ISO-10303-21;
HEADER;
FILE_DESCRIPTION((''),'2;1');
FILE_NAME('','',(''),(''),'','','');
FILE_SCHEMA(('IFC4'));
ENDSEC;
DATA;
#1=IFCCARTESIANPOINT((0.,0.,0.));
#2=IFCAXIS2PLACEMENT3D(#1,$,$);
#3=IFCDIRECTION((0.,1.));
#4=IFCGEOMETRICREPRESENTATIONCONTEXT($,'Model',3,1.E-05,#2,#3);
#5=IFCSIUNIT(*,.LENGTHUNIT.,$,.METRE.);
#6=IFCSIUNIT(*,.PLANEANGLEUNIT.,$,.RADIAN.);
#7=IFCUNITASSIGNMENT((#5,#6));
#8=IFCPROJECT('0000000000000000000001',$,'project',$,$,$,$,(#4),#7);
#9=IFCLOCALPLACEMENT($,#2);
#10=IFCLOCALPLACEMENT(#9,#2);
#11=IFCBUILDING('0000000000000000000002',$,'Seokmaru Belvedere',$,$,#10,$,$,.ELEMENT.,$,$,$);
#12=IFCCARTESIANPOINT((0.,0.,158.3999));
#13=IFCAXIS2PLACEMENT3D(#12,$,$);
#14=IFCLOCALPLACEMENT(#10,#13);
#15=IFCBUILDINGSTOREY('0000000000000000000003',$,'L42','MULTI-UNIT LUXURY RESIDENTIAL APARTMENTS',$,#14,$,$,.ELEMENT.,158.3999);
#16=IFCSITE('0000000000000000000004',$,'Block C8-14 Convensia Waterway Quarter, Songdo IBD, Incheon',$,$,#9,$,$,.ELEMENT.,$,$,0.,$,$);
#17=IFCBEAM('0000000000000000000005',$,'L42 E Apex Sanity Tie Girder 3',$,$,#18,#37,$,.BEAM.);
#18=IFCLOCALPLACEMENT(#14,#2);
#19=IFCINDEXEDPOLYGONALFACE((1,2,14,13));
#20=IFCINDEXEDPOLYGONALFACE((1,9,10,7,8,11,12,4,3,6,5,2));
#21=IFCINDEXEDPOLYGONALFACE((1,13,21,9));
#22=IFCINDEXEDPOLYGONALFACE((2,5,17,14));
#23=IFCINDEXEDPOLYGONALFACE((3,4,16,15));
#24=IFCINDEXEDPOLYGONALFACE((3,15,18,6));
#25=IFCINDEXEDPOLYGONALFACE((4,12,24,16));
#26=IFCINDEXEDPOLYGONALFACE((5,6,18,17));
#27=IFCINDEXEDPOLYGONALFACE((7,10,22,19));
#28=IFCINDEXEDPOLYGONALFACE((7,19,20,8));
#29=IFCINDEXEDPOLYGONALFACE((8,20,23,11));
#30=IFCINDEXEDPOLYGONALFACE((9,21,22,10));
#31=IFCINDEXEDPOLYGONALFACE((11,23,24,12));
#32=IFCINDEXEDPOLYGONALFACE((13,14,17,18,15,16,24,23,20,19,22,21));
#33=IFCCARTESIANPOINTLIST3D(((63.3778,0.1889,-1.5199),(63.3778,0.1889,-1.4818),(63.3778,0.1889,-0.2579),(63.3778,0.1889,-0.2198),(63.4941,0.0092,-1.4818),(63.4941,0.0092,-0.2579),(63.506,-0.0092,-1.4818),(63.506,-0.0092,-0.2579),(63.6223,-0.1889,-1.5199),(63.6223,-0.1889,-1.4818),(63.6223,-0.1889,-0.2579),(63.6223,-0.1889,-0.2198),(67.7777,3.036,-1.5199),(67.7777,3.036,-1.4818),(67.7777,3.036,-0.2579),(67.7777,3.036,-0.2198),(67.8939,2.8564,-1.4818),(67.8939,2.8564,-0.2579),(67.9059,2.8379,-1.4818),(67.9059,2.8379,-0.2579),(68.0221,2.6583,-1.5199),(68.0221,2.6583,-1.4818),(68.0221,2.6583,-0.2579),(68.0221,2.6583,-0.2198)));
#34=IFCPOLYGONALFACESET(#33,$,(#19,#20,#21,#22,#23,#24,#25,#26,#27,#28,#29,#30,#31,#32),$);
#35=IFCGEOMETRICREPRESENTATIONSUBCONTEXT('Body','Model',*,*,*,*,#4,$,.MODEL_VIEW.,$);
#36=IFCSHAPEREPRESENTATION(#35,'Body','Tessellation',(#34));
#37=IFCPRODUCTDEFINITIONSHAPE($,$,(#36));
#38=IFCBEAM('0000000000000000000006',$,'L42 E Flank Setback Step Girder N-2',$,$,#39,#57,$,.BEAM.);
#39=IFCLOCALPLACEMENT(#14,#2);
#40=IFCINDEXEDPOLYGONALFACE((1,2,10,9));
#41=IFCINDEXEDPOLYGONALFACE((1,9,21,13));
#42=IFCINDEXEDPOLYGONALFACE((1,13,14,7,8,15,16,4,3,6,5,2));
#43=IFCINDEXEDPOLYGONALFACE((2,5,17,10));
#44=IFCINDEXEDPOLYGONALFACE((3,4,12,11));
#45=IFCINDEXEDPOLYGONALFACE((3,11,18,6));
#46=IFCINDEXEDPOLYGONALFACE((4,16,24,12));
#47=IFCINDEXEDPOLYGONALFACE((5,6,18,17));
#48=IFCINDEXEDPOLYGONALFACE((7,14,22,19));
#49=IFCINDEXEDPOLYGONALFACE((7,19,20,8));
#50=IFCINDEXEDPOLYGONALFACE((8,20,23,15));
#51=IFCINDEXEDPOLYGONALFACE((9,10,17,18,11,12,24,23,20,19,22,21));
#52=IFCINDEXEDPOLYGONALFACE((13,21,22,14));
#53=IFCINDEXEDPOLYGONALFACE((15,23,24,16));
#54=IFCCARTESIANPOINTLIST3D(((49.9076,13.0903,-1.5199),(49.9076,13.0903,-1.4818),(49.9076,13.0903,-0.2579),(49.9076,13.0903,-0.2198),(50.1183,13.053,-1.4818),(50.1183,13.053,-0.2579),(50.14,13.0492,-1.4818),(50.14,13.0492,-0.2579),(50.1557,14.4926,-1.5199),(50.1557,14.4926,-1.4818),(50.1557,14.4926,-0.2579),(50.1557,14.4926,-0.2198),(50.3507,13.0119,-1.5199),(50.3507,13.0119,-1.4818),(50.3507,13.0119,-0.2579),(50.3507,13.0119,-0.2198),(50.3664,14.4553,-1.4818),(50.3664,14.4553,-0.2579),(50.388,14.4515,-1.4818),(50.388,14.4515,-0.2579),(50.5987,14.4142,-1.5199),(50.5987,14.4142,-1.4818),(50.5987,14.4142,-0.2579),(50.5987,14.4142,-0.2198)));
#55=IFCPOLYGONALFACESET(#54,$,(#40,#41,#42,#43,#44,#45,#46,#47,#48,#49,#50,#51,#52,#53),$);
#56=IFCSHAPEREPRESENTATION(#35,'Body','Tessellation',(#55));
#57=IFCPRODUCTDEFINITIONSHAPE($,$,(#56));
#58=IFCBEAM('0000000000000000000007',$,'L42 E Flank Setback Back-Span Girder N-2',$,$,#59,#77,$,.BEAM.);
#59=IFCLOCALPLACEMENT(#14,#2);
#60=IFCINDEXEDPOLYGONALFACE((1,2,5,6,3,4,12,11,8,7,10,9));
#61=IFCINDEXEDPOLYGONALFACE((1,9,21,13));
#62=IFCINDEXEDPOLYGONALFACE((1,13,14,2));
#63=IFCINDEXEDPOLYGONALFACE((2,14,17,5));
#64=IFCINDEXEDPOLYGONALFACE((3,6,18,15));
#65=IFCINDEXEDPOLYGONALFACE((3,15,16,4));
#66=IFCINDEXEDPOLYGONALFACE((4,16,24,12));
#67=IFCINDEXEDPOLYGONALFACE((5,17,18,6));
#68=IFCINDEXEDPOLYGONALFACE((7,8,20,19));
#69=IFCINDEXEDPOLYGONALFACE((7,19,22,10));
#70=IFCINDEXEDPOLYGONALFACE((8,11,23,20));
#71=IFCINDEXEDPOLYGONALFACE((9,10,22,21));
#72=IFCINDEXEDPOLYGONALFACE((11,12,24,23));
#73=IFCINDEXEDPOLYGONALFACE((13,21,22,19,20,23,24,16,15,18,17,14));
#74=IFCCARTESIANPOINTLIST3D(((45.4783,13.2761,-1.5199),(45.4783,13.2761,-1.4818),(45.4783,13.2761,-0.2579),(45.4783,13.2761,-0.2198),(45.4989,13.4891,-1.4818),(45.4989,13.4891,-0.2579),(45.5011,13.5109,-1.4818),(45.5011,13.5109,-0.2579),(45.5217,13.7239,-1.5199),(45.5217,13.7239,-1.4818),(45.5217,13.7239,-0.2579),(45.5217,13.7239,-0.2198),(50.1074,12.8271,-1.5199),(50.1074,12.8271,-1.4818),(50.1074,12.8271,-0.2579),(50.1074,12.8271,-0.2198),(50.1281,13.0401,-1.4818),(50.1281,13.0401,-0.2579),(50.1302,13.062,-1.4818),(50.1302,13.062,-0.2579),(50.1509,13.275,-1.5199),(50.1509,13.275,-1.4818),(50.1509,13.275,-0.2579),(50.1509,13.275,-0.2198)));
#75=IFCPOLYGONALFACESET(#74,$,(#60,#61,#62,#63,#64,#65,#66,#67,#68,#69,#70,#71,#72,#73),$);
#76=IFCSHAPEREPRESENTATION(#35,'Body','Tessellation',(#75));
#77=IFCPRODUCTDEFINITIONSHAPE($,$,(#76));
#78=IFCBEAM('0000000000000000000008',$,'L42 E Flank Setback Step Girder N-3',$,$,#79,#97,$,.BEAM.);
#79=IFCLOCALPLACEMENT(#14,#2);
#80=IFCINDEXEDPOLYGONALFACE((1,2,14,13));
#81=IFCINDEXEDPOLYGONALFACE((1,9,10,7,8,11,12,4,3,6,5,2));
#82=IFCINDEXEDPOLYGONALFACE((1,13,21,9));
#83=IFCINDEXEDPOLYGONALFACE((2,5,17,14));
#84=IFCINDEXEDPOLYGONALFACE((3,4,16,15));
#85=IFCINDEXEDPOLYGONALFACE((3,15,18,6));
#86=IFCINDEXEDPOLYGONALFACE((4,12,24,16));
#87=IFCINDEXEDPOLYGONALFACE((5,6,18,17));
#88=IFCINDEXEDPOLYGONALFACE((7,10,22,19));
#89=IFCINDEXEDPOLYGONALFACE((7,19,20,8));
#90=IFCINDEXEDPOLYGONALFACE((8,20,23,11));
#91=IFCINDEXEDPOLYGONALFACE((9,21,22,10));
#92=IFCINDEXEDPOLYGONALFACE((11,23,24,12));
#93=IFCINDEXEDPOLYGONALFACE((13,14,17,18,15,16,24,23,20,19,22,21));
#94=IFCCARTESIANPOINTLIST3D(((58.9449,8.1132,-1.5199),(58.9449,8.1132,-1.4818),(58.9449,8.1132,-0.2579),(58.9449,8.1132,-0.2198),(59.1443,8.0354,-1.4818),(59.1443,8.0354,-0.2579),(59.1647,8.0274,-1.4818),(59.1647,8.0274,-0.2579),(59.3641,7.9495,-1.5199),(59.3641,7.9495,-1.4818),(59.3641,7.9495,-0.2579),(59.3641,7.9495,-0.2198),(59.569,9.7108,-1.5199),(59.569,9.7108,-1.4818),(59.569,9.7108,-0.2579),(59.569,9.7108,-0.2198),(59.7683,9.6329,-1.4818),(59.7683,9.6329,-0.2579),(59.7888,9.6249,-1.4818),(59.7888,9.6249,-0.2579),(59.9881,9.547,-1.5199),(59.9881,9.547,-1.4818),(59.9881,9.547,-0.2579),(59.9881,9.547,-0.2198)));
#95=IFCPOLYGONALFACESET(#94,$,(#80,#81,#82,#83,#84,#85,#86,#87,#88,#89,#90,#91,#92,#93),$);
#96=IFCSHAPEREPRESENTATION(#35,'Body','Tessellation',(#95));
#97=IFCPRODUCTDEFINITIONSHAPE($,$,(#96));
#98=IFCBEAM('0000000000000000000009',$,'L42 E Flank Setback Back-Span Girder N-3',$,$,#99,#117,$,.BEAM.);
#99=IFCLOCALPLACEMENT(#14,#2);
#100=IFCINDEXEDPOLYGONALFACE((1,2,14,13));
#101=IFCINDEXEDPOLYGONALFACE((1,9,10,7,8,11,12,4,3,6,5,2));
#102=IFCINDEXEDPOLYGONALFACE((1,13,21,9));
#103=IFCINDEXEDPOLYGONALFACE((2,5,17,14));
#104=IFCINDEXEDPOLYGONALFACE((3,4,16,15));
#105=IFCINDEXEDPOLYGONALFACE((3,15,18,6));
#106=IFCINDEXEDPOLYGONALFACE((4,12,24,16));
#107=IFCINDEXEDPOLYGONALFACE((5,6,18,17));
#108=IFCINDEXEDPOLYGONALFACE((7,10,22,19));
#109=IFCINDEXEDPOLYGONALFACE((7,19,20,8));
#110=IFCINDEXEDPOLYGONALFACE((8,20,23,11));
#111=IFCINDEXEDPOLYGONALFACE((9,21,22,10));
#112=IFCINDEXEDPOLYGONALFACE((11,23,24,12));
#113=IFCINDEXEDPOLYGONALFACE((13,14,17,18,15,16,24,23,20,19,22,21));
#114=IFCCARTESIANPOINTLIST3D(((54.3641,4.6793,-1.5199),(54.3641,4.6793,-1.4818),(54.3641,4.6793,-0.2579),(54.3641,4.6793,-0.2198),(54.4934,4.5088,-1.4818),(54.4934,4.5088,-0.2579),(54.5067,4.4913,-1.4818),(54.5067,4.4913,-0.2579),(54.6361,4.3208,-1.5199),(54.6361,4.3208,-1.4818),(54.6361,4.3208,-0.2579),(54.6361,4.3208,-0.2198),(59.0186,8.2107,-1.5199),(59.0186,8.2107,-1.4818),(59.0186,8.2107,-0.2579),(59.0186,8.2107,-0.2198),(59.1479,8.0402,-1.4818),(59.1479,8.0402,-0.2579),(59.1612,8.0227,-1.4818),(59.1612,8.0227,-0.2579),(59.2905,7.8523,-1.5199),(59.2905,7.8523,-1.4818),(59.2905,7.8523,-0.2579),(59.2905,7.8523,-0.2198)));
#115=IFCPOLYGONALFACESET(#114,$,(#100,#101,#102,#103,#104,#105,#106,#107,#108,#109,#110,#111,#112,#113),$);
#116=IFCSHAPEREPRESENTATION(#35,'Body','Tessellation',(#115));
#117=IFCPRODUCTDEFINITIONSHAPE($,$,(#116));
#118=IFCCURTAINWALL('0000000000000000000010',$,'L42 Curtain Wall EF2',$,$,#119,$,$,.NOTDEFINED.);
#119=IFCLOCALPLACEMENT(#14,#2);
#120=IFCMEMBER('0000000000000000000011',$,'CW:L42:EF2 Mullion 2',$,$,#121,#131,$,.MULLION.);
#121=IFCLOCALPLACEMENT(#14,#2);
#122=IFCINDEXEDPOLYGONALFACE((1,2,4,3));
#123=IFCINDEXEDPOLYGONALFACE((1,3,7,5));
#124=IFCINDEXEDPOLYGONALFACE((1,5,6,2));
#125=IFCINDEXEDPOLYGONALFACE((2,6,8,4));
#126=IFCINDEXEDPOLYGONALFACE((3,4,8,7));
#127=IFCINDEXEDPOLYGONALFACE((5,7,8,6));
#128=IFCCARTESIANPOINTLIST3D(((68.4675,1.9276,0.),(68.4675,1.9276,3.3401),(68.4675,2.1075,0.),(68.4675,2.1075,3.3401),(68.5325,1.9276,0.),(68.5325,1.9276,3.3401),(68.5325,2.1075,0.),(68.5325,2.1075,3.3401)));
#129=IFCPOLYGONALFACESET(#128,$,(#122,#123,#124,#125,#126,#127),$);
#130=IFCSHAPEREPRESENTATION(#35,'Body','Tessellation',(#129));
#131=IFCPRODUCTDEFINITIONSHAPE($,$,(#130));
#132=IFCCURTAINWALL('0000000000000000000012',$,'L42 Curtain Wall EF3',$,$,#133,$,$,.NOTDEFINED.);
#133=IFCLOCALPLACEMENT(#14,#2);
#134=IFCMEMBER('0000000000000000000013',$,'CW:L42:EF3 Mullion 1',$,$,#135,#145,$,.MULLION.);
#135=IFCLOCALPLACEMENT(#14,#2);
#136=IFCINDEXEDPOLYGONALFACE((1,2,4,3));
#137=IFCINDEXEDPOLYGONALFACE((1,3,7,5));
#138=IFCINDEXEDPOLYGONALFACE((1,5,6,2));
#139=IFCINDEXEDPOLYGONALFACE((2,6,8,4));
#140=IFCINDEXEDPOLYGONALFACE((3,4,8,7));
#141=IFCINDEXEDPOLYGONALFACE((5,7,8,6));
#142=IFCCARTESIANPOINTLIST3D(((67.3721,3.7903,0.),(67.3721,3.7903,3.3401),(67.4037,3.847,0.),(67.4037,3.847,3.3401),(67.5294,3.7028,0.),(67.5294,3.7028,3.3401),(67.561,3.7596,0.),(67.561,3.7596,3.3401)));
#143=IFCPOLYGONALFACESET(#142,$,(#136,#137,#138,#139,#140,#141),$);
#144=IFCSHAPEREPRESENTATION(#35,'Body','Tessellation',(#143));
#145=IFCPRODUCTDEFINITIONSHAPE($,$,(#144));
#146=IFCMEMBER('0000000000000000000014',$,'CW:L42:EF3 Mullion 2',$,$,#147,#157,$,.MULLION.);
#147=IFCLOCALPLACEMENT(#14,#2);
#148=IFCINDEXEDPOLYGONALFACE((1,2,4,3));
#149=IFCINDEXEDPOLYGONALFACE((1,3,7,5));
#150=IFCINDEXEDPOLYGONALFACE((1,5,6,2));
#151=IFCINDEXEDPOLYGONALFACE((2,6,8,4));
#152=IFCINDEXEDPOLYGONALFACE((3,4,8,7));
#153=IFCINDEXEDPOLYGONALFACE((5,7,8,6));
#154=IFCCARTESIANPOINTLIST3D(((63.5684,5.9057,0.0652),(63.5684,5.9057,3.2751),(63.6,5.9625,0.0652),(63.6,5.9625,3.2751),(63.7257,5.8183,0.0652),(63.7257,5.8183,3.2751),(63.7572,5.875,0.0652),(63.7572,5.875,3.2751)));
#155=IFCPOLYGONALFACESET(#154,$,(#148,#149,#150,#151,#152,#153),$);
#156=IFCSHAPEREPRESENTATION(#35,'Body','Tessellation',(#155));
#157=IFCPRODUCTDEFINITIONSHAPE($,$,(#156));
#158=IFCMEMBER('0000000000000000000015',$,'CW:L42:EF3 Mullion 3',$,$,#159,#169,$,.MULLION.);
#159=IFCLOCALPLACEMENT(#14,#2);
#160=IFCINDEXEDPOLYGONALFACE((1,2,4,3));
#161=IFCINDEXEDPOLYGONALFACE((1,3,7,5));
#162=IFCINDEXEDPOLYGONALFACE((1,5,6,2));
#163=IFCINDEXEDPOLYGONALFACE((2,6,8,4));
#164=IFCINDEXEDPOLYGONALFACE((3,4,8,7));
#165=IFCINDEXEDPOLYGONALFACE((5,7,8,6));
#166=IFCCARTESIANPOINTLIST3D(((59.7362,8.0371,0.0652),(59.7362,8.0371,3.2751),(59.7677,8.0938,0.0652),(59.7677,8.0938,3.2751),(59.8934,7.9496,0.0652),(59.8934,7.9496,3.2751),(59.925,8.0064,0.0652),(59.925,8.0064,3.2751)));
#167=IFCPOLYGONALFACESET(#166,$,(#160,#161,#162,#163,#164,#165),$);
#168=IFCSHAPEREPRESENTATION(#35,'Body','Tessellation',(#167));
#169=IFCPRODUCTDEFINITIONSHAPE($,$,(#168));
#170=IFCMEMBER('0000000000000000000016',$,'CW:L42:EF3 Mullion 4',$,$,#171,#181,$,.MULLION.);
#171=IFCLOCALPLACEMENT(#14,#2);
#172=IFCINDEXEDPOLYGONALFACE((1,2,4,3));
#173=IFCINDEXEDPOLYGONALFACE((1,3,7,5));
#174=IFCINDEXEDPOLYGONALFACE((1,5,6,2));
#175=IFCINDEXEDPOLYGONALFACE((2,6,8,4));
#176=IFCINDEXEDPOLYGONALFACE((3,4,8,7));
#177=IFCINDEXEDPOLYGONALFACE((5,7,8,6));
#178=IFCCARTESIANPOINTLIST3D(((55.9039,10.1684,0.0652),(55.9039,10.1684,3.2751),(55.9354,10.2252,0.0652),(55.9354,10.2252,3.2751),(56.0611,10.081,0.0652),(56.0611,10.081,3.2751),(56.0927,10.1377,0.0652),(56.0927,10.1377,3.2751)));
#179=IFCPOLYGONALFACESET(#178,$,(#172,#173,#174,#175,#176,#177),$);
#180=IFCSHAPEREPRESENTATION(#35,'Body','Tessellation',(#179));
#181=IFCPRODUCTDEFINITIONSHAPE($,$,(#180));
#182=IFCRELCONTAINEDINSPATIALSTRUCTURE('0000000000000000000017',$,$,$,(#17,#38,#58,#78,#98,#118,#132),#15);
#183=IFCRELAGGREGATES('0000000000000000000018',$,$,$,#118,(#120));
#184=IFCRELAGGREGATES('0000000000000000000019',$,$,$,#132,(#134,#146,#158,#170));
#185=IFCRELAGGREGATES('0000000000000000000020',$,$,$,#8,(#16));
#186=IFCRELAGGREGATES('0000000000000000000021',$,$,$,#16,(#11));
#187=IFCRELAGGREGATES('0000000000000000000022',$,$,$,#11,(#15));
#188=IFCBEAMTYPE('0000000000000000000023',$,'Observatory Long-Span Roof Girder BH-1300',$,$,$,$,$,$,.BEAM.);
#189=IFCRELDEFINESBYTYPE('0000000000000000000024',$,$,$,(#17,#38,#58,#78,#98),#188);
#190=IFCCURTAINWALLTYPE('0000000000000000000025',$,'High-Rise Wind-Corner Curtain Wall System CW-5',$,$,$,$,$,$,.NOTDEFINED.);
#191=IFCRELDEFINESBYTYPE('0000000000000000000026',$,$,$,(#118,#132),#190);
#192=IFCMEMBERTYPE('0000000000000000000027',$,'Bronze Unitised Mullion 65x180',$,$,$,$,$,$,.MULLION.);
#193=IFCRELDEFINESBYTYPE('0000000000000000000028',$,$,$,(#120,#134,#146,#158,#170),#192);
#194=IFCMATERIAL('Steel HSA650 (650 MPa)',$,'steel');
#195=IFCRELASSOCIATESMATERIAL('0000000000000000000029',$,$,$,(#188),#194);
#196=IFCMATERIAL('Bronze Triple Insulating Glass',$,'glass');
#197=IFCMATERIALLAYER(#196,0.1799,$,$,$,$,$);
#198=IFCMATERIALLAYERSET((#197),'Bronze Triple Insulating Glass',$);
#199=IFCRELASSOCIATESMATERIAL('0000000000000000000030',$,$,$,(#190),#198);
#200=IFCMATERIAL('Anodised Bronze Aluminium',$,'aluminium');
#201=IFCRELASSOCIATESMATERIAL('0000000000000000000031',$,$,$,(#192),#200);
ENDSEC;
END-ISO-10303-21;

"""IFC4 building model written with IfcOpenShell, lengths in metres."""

from ifc_helpers import new_model, si_unit, direction, frame, origin, origin_2d, place, context, subcontext, project, spatial, rectangle, i_section, extrude, source, transform, mapped, material, layer, layer_set, material_profile, profile_set, type_object, type_shapes, element, aggregate, save


model = new_model("IFC4")

# Units and contexts
model_context = context("Model", 3, precision=1e-05, world=origin(), true_north=direction((0.0, 1.0)))
body_context = subcontext(model_context, "Body", "Model", "MODEL_VIEW")
ifc_project = project(units=[si_unit("LENGTHUNIT", "METRE"), si_unit("PLANEANGLEUNIT", "RADIAN")], contexts=[model_context])

# Site, building, storey
site_placement = place(None, origin())
site = spatial("IfcSite", under=ifc_project, at=site_placement, Name="Block C8-14 Convensia Waterway Quarter, Songdo IBD, Incheon", CompositionType="ELEMENT", RefElevation=0.0)
building_placement = place(site_placement, origin())
building = spatial("IfcBuilding", under=site, at=building_placement, Name="Seokmaru Belvedere", CompositionType="ELEMENT")
storey_placement = place(building_placement, frame((0.0, 0.0, 158.3999)))
storey = spatial("IfcBuildingStorey", under=building, at=storey_placement, Name="L42", Description="MULTI-UNIT LUXURY RESIDENTIAL APARTMENTS", CompositionType="ELEMENT", Elevation=158.3999)

# Beams
ifc_material_1 = material(Name="Steel HSA650 (650 MPa)", Category="steel")
ifc_material_profile_1 = material_profile(ifc_material_1, i_section(OverallWidth=0.45, OverallDepth=1.3, WebThickness=0.022, FlangeThickness=0.0381, at=origin_2d()), Name="BH-1300x450x22x38")
ifc_profile_set_1 = profile_set([ifc_material_profile_1], Name="Steel HSA650 (650 MPa)")
beam_type_1 = type_object("IfcBeamType", Name="Observatory Long-Span Roof Girder BH-1300", PredefinedType="BEAM", material=ifc_profile_set_1)
shared_shape_1 = source(origin(), body_context, "Body", "SweptSolid", [
    extrude(i_section(OverallWidth=0.45, OverallDepth=1.3, WebThickness=0.022, FlangeThickness=0.0381, at=origin_2d()), origin(), (0.0, 0.0, 1.0), 5.2407),
])
beam_1_placement = place(storey_placement, frame((67.8999, 2.8472, -0.8699), z_axis=(-0.839555, -0.543274, 0.0), x_axis=(0.543274, -0.839555, 0.0)))
element("IfcBeam", 1, at=beam_1_placement, inside=storey, type_object=beam_type_1, Name="L42 E Apex Sanity Tie Girder 3", PredefinedType="BEAM", context=body_context, shape_type="MappedRepresentation", body=[
    mapped(shared_shape_1, transform((0.0, 0.0, 0.0), scale=1.0)),
])
shared_shape_2 = source(origin(), body_context, "Body", "SweptSolid", [
    extrude(i_section(OverallWidth=0.45, OverallDepth=1.3, WebThickness=0.022, FlangeThickness=0.0381, at=origin_2d()), origin(), (0.0, 0.0, 1.0), 1.4241),
])
beam_2_placement = place(storey_placement, frame((50.3772, 14.4534, -0.8699), z_axis=(-0.174177, -0.984714, 0.0), x_axis=(0.984714, -0.174177, 0.0)))
element("IfcBeam", 2, at=beam_2_placement, inside=storey, type_object=beam_type_1, Name="L42 E Flank Setback Step Girder N-2", PredefinedType="BEAM", context=body_context, shape_type="MappedRepresentation", body=[
    mapped(shared_shape_2, transform((0.0, 0.0, 0.0), scale=1.0)),
])
shared_shape_3 = source(origin(), body_context, "Body", "SweptSolid", [
    extrude(i_section(OverallWidth=0.45, OverallDepth=1.3, WebThickness=0.022, FlangeThickness=0.0381, at=origin_2d()), origin(), (0.0, 0.0, 1.0), 4.6509),
])
beam_3_placement = place(storey_placement, frame((50.1292, 13.051, -0.8699), z_axis=(-0.99533, 0.096536, 0.0), x_axis=(-0.096536, -0.99533, 0.0)))
element("IfcBeam", 3, at=beam_3_placement, inside=storey, type_object=beam_type_1, Name="L42 E Flank Setback Back-Span Girder N-2", PredefinedType="BEAM", context=body_context, shape_type="MappedRepresentation", body=[
    mapped(shared_shape_3, transform((0.0, 0.0, 0.0), scale=1.0)),
])
shared_shape_4 = source(origin(), body_context, "Body", "SweptSolid", [
    extrude(i_section(OverallWidth=0.45, OverallDepth=1.3, WebThickness=0.022, FlangeThickness=0.0381, at=origin_2d()), origin(), (0.0, 0.0, 1.0), 1.7151),
])
beam_4_placement = place(storey_placement, frame((59.7786, 9.6289, -0.8699), z_axis=(-0.363868, -0.931451, 0.0), x_axis=(0.931451, -0.363868, 0.0)))
element("IfcBeam", 4, at=beam_4_placement, inside=storey, type_object=beam_type_1, Name="L42 E Flank Setback Step Girder N-3", PredefinedType="BEAM", context=body_context, shape_type="MappedRepresentation", body=[
    mapped(shared_shape_4, transform((0.0, 0.0, 0.0), scale=1.0)),
])
shared_shape_5 = source(origin(), body_context, "Body", "SweptSolid", [
    extrude(i_section(OverallWidth=0.45, OverallDepth=1.3, WebThickness=0.022, FlangeThickness=0.0381, at=origin_2d()), origin(), (0.0, 0.0, 1.0), 5.8425),
])
beam_5_placement = place(storey_placement, frame((59.1545, 8.0315, -0.8699), z_axis=(-0.796653, -0.604437, 0.0), x_axis=(0.604437, -0.796653, 0.0)))
element("IfcBeam", 5, at=beam_5_placement, inside=storey, type_object=beam_type_1, Name="L42 E Flank Setback Back-Span Girder N-3", PredefinedType="BEAM", context=body_context, shape_type="MappedRepresentation", body=[
    mapped(shared_shape_5, transform((0.0, 0.0, 0.0), scale=1.0)),
])

# Curtain wall, member
ifc_material_2 = material(Name="Bronze Triple Insulating Glass", Category="glass")
ifc_layer_1 = layer(ifc_material_2, 0.1799)
ifc_layer_set_1 = layer_set([ifc_layer_1], Name="Bronze Triple Insulating Glass")
curtain_wall_type = type_object("IfcCurtainWallType", Name="High-Rise Wind-Corner Curtain Wall System CW-5", PredefinedType="NOTDEFINED", material=ifc_layer_set_1)
curtain_wall_1_placement = place(storey_placement, origin())
curtain_wall_1 = element("IfcCurtainWall", 6, at=curtain_wall_1_placement, inside=storey, type_object=curtain_wall_type, Name="L42 Curtain Wall EF2", PredefinedType="NOTDEFINED")
ifc_material_3 = material(Name="Anodised Bronze Aluminium", Category="aluminium")
ifc_material_profile_2 = material_profile(ifc_material_3, rectangle(XDim=0.0649, YDim=0.1799, at=origin_2d()), Name="CW-M-65x180")
ifc_profile_set_2 = profile_set([ifc_material_profile_2], Name="Anodised Bronze Aluminium")
member_type_1 = type_object("IfcMemberType", Name="Bronze Unitised Mullion 65x180", PredefinedType="MULLION", material=ifc_profile_set_2)
shared_shape_6 = source(origin(), body_context, "Body", "SweptSolid", [
    extrude(rectangle(XDim=0.0649, YDim=0.1799, at=origin_2d()), origin(), (0.0, 0.0, 1.0), 3.3401),
])
member_1_placement = place(storey_placement, frame((68.5, 2.0176, 0.0), z_axis=(0.0, 0.0, 1.0), x_axis=(-1.0, 0.0, 0.0)))
member_1 = element("IfcMember", 7, at=member_1_placement, type_object=member_type_1, Name="CW:L42:EF2 Mullion 2", PredefinedType="MULLION", context=body_context, shape_type="MappedRepresentation", body=[
    mapped(shared_shape_6, transform((0.0, 0.0, 0.0), scale=1.0)),
])
aggregate(curtain_wall_1, [member_1])

# Curtain wall, members
curtain_wall_2_placement = place(storey_placement, origin())
curtain_wall_2 = element("IfcCurtainWall", 8, at=curtain_wall_2_placement, inside=storey, type_object=curtain_wall_type, Name="L42 Curtain Wall EF3", PredefinedType="NOTDEFINED")
member_2_placement = place(storey_placement, frame((67.4666, 3.7749, 0.0), z_axis=(0.0, 0.0, 1.0), x_axis=(-0.486047, -0.873933, 0.0)))
member_2 = element("IfcMember", 9, at=member_2_placement, type_object=member_type_1, Name="CW:L42:EF3 Mullion 1", PredefinedType="MULLION", context=body_context, shape_type="MappedRepresentation", body=[
    mapped(shared_shape_6, transform((0.0, 0.0, 0.0), scale=1.0)),
])
shared_shape_7 = source(origin(), body_context, "Body", "SweptSolid", [
    extrude(rectangle(XDim=0.0649, YDim=0.1799, at=origin_2d()), origin(), (0.0, 0.0, 1.0), 3.21),
])
type_shapes(member_type_1, [shared_shape_6, shared_shape_7])
member_3_placement = place(storey_placement, frame((63.6628, 5.8904, 0.0652), z_axis=(0.0, 0.0, 1.0), x_axis=(-0.486047, -0.873933, 0.0)))
member_3 = element("IfcMember", 10, at=member_3_placement, type_object=member_type_1, Name="CW:L42:EF3 Mullion 2", PredefinedType="MULLION", context=body_context, shape_type="MappedRepresentation", body=[
    mapped(shared_shape_7, transform((0.0, 0.0, 0.0), scale=1.0)),
])
member_4_placement = place(storey_placement, frame((59.8306, 8.0217, 0.0652), z_axis=(0.0, 0.0, 1.0), x_axis=(-0.486047, -0.873933, 0.0)))
member_4 = element("IfcMember", 11, at=member_4_placement, type_object=member_type_1, Name="CW:L42:EF3 Mullion 3", PredefinedType="MULLION", context=body_context, shape_type="MappedRepresentation", body=[
    mapped(shared_shape_7, transform((0.0, 0.0, 0.0), scale=1.0)),
])
member_5_placement = place(storey_placement, frame((55.9983, 10.1531, 0.0652), z_axis=(0.0, 0.0, 1.0), x_axis=(-0.486047, -0.873933, 0.0)))
member_5 = element("IfcMember", 12, at=member_5_placement, type_object=member_type_1, Name="CW:L42:EF3 Mullion 4", PredefinedType="MULLION", context=body_context, shape_type="MappedRepresentation", body=[
    mapped(shared_shape_7, transform((0.0, 0.0, 0.0), scale=1.0)),
])
aggregate(curtain_wall_2, [member_2, member_3, member_4, member_5])

save(model, "model.ifc")
